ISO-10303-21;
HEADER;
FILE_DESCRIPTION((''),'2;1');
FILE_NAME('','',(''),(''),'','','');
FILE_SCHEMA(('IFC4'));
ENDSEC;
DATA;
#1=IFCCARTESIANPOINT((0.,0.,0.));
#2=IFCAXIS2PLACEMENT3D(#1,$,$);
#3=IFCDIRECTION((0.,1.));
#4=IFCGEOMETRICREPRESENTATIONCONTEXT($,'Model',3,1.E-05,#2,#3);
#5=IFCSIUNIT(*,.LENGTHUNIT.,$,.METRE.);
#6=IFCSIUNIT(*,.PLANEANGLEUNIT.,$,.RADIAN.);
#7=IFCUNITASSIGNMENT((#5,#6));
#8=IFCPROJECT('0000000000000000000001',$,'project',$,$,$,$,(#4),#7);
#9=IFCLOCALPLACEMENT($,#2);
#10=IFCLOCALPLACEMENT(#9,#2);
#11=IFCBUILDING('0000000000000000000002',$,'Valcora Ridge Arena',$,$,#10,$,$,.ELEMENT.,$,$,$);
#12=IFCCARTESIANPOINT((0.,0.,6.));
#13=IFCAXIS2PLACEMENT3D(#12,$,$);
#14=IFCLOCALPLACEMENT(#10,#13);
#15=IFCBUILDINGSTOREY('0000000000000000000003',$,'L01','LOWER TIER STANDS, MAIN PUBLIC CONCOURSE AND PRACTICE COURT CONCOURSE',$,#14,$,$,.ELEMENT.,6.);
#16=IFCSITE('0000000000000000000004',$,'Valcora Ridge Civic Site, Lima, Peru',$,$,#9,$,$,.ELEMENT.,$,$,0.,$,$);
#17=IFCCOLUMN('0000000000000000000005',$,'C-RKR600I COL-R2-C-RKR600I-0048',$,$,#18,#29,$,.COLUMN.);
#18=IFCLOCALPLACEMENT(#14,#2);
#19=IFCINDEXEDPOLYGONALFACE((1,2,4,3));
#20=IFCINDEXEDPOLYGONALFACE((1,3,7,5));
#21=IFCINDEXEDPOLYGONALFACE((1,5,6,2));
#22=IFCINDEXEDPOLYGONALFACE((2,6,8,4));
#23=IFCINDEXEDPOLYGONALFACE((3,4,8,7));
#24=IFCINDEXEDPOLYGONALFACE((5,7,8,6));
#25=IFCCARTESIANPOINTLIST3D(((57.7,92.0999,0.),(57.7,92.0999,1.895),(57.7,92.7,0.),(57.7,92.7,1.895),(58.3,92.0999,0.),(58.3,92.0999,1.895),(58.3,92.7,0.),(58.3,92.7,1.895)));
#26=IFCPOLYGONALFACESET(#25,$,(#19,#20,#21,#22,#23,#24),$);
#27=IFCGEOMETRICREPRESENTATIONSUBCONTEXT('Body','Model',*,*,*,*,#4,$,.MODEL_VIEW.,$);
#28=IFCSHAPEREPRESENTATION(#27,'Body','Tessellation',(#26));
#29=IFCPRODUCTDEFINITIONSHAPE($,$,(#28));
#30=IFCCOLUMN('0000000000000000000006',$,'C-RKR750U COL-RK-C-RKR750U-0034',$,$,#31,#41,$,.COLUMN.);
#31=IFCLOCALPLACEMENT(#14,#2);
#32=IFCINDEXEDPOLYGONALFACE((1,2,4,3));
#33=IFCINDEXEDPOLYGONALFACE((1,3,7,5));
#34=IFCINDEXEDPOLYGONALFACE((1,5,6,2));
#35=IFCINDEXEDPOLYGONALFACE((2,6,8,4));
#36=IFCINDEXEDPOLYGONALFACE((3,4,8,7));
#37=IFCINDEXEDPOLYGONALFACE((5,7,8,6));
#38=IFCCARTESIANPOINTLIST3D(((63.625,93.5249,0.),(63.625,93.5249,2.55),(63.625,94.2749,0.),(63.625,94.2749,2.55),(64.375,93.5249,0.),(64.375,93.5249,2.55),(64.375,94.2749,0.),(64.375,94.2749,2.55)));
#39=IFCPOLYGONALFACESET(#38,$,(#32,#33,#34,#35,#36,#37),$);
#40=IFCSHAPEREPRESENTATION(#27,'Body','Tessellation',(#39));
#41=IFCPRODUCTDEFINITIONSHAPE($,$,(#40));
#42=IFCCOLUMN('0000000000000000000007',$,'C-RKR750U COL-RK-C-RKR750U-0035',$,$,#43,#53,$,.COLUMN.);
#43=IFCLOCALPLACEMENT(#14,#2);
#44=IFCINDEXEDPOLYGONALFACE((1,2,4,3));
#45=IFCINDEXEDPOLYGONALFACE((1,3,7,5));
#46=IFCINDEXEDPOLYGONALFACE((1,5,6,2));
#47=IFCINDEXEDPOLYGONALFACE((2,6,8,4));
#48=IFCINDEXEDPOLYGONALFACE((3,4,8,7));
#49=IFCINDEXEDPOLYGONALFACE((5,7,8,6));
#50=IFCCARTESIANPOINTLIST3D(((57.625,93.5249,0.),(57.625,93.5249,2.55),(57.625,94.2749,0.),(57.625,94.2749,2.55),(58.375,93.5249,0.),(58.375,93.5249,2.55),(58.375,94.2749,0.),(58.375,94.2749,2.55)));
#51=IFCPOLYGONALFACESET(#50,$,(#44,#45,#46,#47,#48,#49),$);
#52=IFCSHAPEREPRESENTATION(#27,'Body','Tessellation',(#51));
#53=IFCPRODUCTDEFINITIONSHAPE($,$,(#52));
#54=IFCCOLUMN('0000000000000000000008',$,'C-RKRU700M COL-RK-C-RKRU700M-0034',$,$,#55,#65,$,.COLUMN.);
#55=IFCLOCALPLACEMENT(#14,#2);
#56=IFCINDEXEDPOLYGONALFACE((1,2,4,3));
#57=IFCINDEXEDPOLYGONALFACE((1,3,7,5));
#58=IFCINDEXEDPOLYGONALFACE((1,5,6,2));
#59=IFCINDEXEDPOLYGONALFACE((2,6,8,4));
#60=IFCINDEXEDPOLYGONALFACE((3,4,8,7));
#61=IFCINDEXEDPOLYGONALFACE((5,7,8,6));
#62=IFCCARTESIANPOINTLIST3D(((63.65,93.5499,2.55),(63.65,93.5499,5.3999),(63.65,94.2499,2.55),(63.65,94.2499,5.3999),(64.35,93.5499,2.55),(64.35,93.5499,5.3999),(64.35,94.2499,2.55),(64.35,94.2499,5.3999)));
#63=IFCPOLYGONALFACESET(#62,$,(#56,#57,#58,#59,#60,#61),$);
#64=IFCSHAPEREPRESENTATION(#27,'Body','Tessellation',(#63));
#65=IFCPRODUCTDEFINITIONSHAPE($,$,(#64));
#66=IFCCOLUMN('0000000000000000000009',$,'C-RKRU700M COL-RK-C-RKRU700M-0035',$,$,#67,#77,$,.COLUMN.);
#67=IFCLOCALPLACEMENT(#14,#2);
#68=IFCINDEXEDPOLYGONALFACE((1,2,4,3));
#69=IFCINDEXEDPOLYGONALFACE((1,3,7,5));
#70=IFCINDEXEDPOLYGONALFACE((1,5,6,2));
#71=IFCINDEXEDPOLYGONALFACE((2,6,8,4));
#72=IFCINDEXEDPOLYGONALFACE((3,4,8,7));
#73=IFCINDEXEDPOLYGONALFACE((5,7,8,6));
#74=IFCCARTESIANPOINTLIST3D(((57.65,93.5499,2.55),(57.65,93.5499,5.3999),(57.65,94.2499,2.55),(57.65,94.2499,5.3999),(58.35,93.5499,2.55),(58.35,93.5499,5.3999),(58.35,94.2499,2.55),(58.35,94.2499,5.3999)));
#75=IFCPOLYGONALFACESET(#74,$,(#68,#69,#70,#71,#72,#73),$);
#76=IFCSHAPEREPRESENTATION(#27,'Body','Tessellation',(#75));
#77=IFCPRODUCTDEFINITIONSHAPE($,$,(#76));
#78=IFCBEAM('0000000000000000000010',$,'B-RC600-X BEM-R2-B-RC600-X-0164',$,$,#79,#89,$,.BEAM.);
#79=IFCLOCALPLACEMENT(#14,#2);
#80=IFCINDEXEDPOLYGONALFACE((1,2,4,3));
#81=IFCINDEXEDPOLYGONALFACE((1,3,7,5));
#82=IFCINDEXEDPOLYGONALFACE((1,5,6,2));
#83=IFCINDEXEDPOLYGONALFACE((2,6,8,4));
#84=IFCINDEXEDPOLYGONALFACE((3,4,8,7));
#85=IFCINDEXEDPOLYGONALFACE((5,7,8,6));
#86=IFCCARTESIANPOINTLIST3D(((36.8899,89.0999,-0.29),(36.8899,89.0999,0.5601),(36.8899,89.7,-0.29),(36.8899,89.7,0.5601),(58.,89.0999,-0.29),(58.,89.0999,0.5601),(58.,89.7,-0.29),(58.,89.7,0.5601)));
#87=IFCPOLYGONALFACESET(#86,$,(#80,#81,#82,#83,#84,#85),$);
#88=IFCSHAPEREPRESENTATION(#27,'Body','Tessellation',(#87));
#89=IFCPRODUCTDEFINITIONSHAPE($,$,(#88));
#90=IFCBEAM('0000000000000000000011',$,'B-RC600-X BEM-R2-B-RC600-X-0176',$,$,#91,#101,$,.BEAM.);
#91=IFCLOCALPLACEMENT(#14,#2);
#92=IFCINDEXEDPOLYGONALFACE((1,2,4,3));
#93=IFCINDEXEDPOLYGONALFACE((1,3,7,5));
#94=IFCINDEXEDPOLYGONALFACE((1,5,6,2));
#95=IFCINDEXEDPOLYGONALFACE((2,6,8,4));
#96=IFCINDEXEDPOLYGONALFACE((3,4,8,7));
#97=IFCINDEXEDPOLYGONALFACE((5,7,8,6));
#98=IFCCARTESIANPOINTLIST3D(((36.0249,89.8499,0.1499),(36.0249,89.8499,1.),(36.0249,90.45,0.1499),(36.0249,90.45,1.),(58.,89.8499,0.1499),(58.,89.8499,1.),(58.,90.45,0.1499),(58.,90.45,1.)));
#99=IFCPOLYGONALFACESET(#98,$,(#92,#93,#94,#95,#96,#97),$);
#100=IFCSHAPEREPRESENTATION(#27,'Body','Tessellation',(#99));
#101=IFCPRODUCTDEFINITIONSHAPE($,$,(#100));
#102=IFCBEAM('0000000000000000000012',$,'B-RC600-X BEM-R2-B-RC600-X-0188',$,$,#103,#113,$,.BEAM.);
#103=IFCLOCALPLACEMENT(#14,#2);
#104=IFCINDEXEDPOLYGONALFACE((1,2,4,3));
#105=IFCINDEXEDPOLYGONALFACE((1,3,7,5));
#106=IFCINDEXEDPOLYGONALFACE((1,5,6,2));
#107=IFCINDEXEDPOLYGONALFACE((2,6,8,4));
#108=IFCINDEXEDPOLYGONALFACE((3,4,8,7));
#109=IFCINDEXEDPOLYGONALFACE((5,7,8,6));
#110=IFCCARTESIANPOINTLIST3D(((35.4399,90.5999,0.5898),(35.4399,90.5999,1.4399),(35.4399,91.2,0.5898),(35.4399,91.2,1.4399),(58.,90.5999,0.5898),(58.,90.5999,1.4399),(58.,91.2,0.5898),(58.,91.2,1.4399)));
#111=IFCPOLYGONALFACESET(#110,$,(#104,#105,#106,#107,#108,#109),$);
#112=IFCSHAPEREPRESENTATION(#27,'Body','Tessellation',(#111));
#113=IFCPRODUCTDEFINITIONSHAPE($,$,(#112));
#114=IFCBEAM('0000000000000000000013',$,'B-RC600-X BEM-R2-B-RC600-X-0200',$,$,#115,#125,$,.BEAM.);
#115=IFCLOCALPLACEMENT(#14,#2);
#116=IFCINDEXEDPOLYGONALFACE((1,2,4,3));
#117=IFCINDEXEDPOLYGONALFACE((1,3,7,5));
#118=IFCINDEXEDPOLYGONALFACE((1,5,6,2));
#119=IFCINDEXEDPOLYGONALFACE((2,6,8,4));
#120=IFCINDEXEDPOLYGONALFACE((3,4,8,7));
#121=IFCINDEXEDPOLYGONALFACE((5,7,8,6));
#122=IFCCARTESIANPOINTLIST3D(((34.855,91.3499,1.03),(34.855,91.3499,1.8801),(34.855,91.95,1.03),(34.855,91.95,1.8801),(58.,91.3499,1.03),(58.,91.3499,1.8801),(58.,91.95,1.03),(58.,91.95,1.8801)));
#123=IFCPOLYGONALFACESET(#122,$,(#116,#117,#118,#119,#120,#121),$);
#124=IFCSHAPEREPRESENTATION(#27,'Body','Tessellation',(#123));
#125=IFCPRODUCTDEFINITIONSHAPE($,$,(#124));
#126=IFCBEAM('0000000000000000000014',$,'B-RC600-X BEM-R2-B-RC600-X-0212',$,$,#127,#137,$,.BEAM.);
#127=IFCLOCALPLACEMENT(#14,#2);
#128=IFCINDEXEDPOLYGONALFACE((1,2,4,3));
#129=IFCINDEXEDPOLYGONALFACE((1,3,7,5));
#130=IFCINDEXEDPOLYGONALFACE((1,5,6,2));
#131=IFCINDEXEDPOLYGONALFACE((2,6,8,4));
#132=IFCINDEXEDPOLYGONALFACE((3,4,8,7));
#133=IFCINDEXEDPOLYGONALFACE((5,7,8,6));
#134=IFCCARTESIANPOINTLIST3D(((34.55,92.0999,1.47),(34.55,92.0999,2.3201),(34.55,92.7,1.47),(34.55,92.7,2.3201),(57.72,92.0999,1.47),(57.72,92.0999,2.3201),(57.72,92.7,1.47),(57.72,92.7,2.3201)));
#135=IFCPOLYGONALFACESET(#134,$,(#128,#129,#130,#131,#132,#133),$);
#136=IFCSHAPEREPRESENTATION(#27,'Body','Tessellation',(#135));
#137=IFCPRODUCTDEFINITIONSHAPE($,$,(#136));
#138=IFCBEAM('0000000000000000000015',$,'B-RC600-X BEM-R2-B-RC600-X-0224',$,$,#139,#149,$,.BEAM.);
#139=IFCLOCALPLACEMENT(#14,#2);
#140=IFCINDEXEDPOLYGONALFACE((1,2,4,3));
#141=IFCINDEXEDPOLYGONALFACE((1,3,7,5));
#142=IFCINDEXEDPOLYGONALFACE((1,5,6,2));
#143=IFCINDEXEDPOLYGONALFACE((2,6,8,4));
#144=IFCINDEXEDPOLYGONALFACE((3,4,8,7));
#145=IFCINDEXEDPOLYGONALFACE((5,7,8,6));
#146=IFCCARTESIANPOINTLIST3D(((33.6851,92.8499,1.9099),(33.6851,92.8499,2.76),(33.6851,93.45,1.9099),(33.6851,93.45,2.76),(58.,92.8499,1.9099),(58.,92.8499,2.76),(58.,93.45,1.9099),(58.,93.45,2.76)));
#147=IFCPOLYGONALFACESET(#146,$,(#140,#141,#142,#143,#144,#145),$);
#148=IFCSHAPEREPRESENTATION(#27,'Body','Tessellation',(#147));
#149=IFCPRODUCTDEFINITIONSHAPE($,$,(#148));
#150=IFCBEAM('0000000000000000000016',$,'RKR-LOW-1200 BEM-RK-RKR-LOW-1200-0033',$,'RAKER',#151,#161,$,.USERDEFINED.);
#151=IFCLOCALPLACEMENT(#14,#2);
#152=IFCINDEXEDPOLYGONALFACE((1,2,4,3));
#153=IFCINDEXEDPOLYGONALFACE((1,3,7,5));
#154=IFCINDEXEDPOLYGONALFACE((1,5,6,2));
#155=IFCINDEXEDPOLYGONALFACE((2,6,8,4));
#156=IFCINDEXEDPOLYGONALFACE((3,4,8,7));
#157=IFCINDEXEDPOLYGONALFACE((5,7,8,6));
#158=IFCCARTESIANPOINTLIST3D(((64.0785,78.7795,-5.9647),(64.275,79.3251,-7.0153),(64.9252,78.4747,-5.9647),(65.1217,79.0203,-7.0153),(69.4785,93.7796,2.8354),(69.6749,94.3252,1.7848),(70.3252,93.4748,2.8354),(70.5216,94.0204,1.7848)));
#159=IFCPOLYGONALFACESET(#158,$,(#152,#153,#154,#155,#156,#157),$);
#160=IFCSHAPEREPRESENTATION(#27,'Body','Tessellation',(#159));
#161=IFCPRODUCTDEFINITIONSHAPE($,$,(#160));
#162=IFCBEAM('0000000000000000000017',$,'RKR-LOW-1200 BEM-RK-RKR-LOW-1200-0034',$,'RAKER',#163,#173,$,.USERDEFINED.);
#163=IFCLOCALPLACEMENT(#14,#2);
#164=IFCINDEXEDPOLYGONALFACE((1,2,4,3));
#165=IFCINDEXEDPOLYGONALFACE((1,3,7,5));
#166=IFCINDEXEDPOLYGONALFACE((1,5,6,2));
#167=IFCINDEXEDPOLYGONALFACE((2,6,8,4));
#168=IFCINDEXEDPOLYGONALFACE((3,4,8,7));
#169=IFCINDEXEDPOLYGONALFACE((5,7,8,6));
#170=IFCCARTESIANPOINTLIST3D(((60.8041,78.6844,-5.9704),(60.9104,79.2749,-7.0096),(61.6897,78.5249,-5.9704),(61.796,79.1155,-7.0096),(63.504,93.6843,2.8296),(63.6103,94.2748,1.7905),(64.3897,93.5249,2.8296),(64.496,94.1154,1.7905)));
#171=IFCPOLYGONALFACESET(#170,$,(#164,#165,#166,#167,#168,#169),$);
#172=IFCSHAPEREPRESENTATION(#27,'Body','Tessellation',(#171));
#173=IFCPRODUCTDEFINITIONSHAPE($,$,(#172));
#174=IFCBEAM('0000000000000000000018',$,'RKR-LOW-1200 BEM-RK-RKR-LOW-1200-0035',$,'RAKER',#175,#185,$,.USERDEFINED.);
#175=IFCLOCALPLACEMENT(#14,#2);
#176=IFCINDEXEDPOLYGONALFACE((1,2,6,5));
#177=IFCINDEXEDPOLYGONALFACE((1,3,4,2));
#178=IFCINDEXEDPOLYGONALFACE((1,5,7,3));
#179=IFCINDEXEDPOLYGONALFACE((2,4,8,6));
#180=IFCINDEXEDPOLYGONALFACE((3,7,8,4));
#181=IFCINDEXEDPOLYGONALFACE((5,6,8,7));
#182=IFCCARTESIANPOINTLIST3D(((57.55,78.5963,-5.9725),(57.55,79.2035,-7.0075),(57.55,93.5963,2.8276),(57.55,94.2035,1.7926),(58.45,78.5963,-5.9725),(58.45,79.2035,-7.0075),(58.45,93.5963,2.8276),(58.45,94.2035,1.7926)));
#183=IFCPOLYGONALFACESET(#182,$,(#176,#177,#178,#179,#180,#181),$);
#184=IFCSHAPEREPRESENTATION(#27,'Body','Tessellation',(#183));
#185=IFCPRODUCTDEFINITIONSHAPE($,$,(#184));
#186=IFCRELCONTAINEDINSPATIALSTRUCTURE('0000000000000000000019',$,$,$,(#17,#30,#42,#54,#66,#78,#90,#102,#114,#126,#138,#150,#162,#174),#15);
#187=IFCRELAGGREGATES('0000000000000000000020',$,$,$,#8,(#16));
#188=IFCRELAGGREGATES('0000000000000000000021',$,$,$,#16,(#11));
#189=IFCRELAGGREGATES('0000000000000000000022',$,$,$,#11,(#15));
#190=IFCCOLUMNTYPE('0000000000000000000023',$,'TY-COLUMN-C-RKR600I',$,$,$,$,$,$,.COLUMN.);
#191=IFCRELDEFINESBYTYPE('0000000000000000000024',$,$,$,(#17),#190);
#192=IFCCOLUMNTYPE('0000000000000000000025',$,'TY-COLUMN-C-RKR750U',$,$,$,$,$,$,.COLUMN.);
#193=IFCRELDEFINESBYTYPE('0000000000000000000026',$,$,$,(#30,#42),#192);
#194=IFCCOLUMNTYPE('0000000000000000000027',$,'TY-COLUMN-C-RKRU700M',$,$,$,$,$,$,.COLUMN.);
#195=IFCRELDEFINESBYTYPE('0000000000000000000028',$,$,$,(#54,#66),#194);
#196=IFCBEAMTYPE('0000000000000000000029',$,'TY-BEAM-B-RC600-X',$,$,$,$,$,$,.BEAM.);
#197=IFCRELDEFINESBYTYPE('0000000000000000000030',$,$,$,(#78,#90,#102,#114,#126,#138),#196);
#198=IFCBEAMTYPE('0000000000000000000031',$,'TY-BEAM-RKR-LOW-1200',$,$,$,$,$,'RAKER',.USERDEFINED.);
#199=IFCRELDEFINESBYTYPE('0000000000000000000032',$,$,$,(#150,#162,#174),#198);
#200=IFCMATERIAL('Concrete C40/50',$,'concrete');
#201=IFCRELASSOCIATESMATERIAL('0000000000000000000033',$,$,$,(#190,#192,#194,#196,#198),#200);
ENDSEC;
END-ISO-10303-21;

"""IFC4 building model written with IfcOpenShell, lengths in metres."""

from ifc_helpers import new_model, si_unit, direction, frame, origin, origin_2d, place, context, subcontext, project, spatial, rectangle, extrude, material, material_profile, profile_set, type_object, element, save


model = new_model("IFC4")

# Units and contexts
model_context = context("Model", 3, precision=1e-05, world=origin(), true_north=direction((0.0, 1.0)))
body_context = subcontext(model_context, "Body", "Model", "MODEL_VIEW")
ifc_project = project(units=[si_unit("LENGTHUNIT", "METRE"), si_unit("PLANEANGLEUNIT", "RADIAN")], contexts=[model_context])

# Site, building, storey
site_placement = place(None, origin())
site = spatial("IfcSite", under=ifc_project, at=site_placement, Name="Valcora Ridge Civic Site, Lima, Peru", CompositionType="ELEMENT", RefElevation=0.0)
building_placement = place(site_placement, origin())
building = spatial("IfcBuilding", under=site, at=building_placement, Name="Valcora Ridge Arena", CompositionType="ELEMENT")
storey_placement = place(building_placement, frame((0.0, 0.0, 6.0)))
storey = spatial("IfcBuildingStorey", under=building, at=storey_placement, Name="L01", Description="LOWER TIER STANDS, MAIN PUBLIC CONCOURSE AND PRACTICE COURT CONCOURSE", CompositionType="ELEMENT", Elevation=6.0)

# Columns
ifc_material_1 = material(Name="Concrete C40/50", Category="concrete")
ifc_material_profile_1 = material_profile(ifc_material_1, rectangle(XDim=0.6001, YDim=0.6001, at=origin_2d()), Name="RC 600x600")
ifc_profile_set_1 = profile_set([ifc_material_profile_1], Name="Concrete C40/50")
column_type_1 = type_object("IfcColumnType", Name="TY-COLUMN-C-RKR600I", PredefinedType="COLUMN", material=ifc_profile_set_1)
column_placement = place(storey_placement, frame((58.0, 92.3999, 0.0), z_axis=(0.0, 0.0, 1.0), x_axis=(1.0, 0.0, 0.0)))
element("IfcColumn", 1, at=column_placement, inside=storey, type_object=column_type_1, Name="C-RKR600I COL-R2-C-RKR600I-0048", PredefinedType="COLUMN", context=body_context, shape_type="SweptSolid", body=[
    extrude(rectangle(XDim=0.6001, YDim=0.6001, at=origin_2d()), origin(), (0.0, 0.0, 1.0), 1.895),
])
ifc_material_profile_2 = material_profile(ifc_material_1, rectangle(XDim=0.75, YDim=0.75, at=origin_2d()), Name="RC 750x750")
ifc_profile_set_2 = profile_set([ifc_material_profile_2], Name="Concrete C40/50")
column_type_2 = type_object("IfcColumnType", Name="TY-COLUMN-C-RKR750U", PredefinedType="COLUMN", material=ifc_profile_set_2)
for number, where, z_axis, x_axis, name in (
    (2, (64.0, 93.8999, 0.0), (0.0, 0.0, 1.0), (1.0, 0.0, 0.0), "C-RKR750U COL-RK-C-RKR750U-0034"),
    (3, (58.0, 93.8999, 0.0), (0.0, 0.0, 1.0), (1.0, 0.0, 0.0), "C-RKR750U COL-RK-C-RKR750U-0035"),
):
    element("IfcColumn", number, at=place(storey_placement, frame(where, z_axis=z_axis, x_axis=x_axis)), inside=storey, type_object=column_type_2, Name=name, PredefinedType="COLUMN", context=body_context, shape_type="SweptSolid", body=[
        extrude(rectangle(XDim=0.75, YDim=0.75, at=origin_2d()), origin(), (0.0, 0.0, 1.0), 2.55),
    ])
ifc_material_profile_3 = material_profile(ifc_material_1, rectangle(XDim=0.7, YDim=0.7, at=origin_2d()), Name="RC 700x700")
ifc_profile_set_3 = profile_set([ifc_material_profile_3], Name="Concrete C40/50")
column_type_3 = type_object("IfcColumnType", Name="TY-COLUMN-C-RKRU700M", PredefinedType="COLUMN", material=ifc_profile_set_3)
for number, where, z_axis, x_axis, name in (
    (4, (64.0, 93.8999, 2.55), (0.0, 0.0, 1.0), (1.0, 0.0, 0.0), "C-RKRU700M COL-RK-C-RKRU700M-0034"),
    (5, (58.0, 93.8999, 2.55), (0.0, 0.0, 1.0), (1.0, 0.0, 0.0), "C-RKRU700M COL-RK-C-RKRU700M-0035"),
):
    element("IfcColumn", number, at=place(storey_placement, frame(where, z_axis=z_axis, x_axis=x_axis)), inside=storey, type_object=column_type_3, Name=name, PredefinedType="COLUMN", context=body_context, shape_type="SweptSolid", body=[
        extrude(rectangle(XDim=0.7, YDim=0.7, at=origin_2d()), origin(), (0.0, 0.0, 1.0), 2.8499),
    ])

# Beams
ifc_material_profile_4 = material_profile(ifc_material_1, rectangle(XDim=0.6001, YDim=0.8501, at=origin_2d()), Name="RC 600x850")
ifc_profile_set_4 = profile_set([ifc_material_profile_4], Name="Concrete C40/50")
beam_type_1 = type_object("IfcBeamType", Name="TY-BEAM-B-RC600-X", PredefinedType="BEAM", material=ifc_profile_set_4)
beam_1_placement = place(storey_placement, frame((58.0, 89.3999, 0.135), z_axis=(-1.0, 0.0, 0.0), x_axis=(0.0, -1.0, 0.0)))
element("IfcBeam", 6, at=beam_1_placement, inside=storey, type_object=beam_type_1, Name="B-RC600-X BEM-R2-B-RC600-X-0164", PredefinedType="BEAM", context=body_context, shape_type="SweptSolid", body=[
    extrude(rectangle(XDim=0.6001, YDim=0.8501, at=origin_2d()), origin(), (0.0, 0.0, 1.0), 21.1101),
])
beam_2_placement = place(storey_placement, frame((58.0, 90.1499, 0.575), z_axis=(-1.0, 0.0, 0.0), x_axis=(0.0, -1.0, 0.0)))
element("IfcBeam", 7, at=beam_2_placement, inside=storey, type_object=beam_type_1, Name="B-RC600-X BEM-R2-B-RC600-X-0176", PredefinedType="BEAM", context=body_context, shape_type="SweptSolid", body=[
    extrude(rectangle(XDim=0.6001, YDim=0.8501, at=origin_2d()), origin(), (0.0, 0.0, 1.0), 21.9751),
])
beam_3_placement = place(storey_placement, frame((58.0, 90.8999, 1.0149), z_axis=(-1.0, 0.0, 0.0), x_axis=(0.0, -1.0, 0.0)))
element("IfcBeam", 8, at=beam_3_placement, inside=storey, type_object=beam_type_1, Name="B-RC600-X BEM-R2-B-RC600-X-0188", PredefinedType="BEAM", context=body_context, shape_type="SweptSolid", body=[
    extrude(rectangle(XDim=0.6001, YDim=0.8501, at=origin_2d()), origin(), (0.0, 0.0, 1.0), 22.5601),
])
beam_4_placement = place(storey_placement, frame((58.0, 91.6499, 1.4551), z_axis=(-1.0, 0.0, 0.0), x_axis=(0.0, -1.0, 0.0)))
element("IfcBeam", 9, at=beam_4_placement, inside=storey, type_object=beam_type_1, Name="B-RC600-X BEM-R2-B-RC600-X-0200", PredefinedType="BEAM", context=body_context, shape_type="SweptSolid", body=[
    extrude(rectangle(XDim=0.6001, YDim=0.8501, at=origin_2d()), origin(), (0.0, 0.0, 1.0), 23.145),
])
beam_5_placement = place(storey_placement, frame((57.72, 92.3999, 1.895), z_axis=(-1.0, 0.0, 0.0), x_axis=(0.0, -1.0, 0.0)))
element("IfcBeam", 10, at=beam_5_placement, inside=storey, type_object=beam_type_1, Name="B-RC600-X BEM-R2-B-RC600-X-0212", PredefinedType="BEAM", context=body_context, shape_type="SweptSolid", body=[
    extrude(rectangle(XDim=0.6001, YDim=0.8501, at=origin_2d()), origin(), (0.0, 0.0, 1.0), 23.1699),
])
beam_6_placement = place(storey_placement, frame((58.0, 93.1499, 2.335), z_axis=(-1.0, 0.0, 0.0), x_axis=(0.0, -1.0, 0.0)))
element("IfcBeam", 11, at=beam_6_placement, inside=storey, type_object=beam_type_1, Name="B-RC600-X BEM-R2-B-RC600-X-0224", PredefinedType="BEAM", context=body_context, shape_type="SweptSolid", body=[
    extrude(rectangle(XDim=0.6001, YDim=0.8501, at=origin_2d()), origin(), (0.0, 0.0, 1.0), 24.3149),
])
ifc_material_profile_5 = material_profile(ifc_material_1, rectangle(XDim=0.8999, YDim=1.2, at=origin_2d()), Name="RC 900x1200")
ifc_profile_set_5 = profile_set([ifc_material_profile_5], Name="Concrete C40/50")
beam_type_2 = type_object("IfcBeamType", Name="TY-BEAM-RKR-LOW-1200", ElementType="RAKER", PredefinedType="USERDEFINED", material=ifc_profile_set_5)
beam_7_placement = place(storey_placement, frame((64.6001, 78.8999, -6.49), z_axis=(0.296537, 0.823729, 0.483257), x_axis=(-0.940889, 0.338714, 0.0)))
element("IfcBeam", 12, at=beam_7_placement, inside=storey, type_object=beam_type_2, Name="RKR-LOW-1200 BEM-RK-RKR-LOW-1200-0033", ObjectType="RAKER", PredefinedType="USERDEFINED", context=body_context, shape_type="SweptSolid", body=[
    extrude(rectangle(XDim=0.8999, YDim=1.2, at=origin_2d()), origin(), (0.0, 0.0, 1.0), 18.21),
])
beam_8_placement = place(storey_placement, frame((61.3, 78.8999, -6.49), z_axis=(0.153414, 0.852313, 0.500027), x_axis=(-0.984184, 0.17715, 0.0)))
element("IfcBeam", 13, at=beam_8_placement, inside=storey, type_object=beam_type_2, Name="RKR-LOW-1200 BEM-RK-RKR-LOW-1200-0034", ObjectType="RAKER", PredefinedType="USERDEFINED", context=body_context, shape_type="SweptSolid", body=[
    extrude(rectangle(XDim=0.8999, YDim=1.2, at=origin_2d()), origin(), (0.0, 0.0, 1.0), 17.5991),
])
beam_9_placement = place(storey_placement, frame((58.0, 78.8999, -6.49), z_axis=(0.0, 0.862524, 0.506017), x_axis=(-1.0, 0.0, 0.0)))
element("IfcBeam", 14, at=beam_9_placement, inside=storey, type_object=beam_type_2, Name="RKR-LOW-1200 BEM-RK-RKR-LOW-1200-0035", ObjectType="RAKER", PredefinedType="USERDEFINED", context=body_context, shape_type="SweptSolid", body=[
    extrude(rectangle(XDim=0.8999, YDim=1.2, at=origin_2d()), origin(), (0.0, 0.0, 1.0), 17.3909),
])

save(model, "model.ifc")
